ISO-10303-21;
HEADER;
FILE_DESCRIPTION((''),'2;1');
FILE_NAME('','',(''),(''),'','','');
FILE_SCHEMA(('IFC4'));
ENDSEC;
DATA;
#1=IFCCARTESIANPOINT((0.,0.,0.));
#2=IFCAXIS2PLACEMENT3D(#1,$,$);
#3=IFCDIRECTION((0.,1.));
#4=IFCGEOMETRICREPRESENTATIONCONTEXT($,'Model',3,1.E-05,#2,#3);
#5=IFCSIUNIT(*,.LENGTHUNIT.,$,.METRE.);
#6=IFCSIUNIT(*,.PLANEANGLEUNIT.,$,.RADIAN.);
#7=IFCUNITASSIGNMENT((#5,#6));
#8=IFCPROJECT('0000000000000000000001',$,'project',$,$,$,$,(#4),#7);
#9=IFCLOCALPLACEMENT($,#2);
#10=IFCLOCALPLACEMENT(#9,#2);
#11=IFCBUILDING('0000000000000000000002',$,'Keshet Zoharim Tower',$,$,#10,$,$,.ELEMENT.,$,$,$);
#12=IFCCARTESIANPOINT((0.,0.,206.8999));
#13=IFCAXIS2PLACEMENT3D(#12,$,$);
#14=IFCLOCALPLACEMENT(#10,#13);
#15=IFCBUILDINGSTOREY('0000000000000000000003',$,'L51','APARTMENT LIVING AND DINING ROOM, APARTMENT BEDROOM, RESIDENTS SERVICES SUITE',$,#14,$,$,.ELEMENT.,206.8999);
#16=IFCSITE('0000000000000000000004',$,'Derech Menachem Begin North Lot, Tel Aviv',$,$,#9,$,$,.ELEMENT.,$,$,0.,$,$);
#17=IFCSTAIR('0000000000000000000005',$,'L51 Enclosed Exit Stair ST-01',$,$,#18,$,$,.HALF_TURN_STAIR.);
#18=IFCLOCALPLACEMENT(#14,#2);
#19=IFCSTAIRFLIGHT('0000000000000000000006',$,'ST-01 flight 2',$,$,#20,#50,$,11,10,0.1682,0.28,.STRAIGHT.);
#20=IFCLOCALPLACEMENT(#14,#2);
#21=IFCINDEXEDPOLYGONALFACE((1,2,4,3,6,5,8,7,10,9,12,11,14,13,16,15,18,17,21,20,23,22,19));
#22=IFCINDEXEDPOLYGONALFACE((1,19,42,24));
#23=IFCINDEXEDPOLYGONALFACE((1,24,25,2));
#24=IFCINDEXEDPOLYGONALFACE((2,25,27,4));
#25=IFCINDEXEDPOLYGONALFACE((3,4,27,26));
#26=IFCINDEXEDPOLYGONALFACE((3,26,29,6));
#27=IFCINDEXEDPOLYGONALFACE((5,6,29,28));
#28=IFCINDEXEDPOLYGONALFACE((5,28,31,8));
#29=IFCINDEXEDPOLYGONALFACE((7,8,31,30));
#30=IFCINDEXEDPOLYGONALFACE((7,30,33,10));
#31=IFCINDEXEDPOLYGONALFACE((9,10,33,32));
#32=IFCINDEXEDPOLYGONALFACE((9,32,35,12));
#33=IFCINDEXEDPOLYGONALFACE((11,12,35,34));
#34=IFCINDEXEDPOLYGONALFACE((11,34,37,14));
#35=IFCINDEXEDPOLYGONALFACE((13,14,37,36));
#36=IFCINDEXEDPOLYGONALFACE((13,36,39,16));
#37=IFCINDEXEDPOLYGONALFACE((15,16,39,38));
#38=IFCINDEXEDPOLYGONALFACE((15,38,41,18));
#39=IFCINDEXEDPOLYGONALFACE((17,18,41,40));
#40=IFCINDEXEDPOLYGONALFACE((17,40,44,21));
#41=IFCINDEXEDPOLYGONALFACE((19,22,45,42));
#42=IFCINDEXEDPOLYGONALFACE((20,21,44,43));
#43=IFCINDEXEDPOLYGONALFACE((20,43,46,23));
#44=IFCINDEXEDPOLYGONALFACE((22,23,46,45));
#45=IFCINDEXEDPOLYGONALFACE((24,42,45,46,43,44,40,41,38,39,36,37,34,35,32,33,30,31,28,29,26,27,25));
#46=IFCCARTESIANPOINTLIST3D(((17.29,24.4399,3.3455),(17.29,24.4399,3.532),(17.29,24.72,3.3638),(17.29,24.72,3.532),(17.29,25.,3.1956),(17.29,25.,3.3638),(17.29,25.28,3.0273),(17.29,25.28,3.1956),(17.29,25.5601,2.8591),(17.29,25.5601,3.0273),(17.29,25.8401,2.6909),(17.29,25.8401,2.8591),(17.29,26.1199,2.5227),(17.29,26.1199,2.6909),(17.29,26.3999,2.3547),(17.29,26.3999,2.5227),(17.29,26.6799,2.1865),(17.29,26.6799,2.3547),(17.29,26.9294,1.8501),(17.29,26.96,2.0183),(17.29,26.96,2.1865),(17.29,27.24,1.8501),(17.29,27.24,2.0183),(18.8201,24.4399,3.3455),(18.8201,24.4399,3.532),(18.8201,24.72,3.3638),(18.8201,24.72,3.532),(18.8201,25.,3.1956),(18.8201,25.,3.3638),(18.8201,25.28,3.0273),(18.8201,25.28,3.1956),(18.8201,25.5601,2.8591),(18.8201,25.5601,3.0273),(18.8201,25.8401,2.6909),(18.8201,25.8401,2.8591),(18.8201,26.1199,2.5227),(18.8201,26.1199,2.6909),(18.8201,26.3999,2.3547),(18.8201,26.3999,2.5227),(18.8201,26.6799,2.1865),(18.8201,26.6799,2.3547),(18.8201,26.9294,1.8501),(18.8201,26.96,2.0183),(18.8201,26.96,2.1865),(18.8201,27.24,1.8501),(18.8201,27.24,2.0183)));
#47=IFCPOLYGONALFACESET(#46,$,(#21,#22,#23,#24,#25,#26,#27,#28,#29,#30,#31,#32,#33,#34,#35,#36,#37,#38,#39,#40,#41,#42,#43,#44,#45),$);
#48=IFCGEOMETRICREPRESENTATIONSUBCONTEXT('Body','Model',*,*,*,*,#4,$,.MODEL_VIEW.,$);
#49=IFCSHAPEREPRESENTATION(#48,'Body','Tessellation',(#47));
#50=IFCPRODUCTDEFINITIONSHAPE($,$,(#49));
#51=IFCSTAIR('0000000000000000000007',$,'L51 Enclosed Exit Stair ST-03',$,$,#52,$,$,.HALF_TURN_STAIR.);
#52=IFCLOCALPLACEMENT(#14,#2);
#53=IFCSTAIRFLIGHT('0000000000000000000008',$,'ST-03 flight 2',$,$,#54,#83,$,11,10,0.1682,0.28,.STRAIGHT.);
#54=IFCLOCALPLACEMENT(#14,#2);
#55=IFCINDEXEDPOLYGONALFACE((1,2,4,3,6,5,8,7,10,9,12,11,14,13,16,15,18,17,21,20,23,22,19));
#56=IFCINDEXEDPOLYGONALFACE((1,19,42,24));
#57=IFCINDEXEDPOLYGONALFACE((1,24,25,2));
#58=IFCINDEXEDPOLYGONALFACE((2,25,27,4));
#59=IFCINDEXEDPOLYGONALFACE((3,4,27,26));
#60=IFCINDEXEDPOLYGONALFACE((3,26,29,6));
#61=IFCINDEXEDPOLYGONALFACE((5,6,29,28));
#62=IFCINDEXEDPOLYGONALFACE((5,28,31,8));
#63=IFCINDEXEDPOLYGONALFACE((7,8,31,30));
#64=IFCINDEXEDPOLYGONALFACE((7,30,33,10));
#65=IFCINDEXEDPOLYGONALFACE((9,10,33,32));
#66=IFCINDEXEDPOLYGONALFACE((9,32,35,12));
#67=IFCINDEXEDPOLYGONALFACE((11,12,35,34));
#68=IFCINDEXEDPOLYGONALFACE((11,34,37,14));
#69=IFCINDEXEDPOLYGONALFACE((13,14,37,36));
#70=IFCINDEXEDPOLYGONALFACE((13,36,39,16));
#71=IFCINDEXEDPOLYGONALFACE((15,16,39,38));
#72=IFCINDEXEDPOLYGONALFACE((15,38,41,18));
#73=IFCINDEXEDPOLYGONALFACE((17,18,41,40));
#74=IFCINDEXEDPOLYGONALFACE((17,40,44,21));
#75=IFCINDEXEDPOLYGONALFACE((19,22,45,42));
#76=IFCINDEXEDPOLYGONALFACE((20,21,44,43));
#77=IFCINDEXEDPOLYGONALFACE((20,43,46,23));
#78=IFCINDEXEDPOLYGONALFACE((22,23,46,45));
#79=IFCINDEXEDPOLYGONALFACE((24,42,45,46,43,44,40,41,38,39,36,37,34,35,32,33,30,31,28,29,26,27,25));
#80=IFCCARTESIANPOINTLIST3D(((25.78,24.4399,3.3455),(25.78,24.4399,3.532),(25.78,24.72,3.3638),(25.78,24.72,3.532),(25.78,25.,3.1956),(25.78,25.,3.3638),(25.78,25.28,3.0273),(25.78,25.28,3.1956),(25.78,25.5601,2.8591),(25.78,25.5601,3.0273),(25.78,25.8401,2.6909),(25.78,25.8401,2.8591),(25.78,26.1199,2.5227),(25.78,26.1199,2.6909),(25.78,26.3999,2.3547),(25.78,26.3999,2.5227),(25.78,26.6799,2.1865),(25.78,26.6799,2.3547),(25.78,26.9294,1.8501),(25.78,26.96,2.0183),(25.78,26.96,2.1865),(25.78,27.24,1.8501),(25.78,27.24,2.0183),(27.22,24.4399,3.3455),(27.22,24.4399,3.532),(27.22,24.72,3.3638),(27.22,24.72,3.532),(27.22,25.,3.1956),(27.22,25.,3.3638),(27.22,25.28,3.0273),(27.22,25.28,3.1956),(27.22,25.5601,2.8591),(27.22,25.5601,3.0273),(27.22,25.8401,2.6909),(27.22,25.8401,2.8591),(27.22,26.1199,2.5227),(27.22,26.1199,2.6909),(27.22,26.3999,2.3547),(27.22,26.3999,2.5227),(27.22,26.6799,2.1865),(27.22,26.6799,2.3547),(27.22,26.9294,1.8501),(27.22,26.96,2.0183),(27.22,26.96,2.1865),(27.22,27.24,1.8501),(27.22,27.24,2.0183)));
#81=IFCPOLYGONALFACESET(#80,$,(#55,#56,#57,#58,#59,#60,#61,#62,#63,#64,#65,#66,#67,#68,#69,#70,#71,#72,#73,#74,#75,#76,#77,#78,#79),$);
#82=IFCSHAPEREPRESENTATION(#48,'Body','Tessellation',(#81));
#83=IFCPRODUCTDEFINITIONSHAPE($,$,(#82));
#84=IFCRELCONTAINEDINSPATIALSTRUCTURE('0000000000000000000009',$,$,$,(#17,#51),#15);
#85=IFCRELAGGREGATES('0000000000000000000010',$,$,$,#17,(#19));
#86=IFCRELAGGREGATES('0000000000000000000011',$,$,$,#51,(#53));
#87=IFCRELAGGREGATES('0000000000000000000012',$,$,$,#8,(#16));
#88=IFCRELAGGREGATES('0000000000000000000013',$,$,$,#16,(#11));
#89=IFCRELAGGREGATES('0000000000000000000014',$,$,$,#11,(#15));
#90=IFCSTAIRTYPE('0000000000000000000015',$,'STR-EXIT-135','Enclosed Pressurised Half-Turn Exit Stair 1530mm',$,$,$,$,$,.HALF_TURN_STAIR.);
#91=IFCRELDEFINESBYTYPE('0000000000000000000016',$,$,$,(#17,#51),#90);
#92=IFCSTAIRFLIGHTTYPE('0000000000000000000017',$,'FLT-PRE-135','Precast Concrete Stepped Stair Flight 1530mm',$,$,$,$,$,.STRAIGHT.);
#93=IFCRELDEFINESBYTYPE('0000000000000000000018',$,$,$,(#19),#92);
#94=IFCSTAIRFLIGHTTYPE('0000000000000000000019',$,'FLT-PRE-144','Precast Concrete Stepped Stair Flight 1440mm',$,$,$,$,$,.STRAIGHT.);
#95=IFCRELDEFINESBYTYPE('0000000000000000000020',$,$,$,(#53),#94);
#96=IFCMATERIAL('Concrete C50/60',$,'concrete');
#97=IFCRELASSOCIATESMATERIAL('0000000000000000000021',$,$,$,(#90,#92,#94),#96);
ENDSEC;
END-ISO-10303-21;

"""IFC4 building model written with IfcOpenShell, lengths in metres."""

from ifc_helpers import new_model, si_unit, direction, frame, origin, place, context, subcontext, project, spatial, polyline, outline, extrude, material, type_object, element, aggregate, save


model = new_model("IFC4")

# Units and contexts
model_context = context("Model", 3, precision=1e-05, world=origin(), true_north=direction((0.0, 1.0)))
body_context = subcontext(model_context, "Body", "Model", "MODEL_VIEW")
ifc_project = project(units=[si_unit("LENGTHUNIT", "METRE"), si_unit("PLANEANGLEUNIT", "RADIAN")], contexts=[model_context])

# Site, building, storey
site_placement = place(None, origin())
site = spatial("IfcSite", under=ifc_project, at=site_placement, Name="Derech Menachem Begin North Lot, Tel Aviv", CompositionType="ELEMENT", RefElevation=0.0)
building_placement = place(site_placement, origin())
building = spatial("IfcBuilding", under=site, at=building_placement, Name="Keshet Zoharim Tower", CompositionType="ELEMENT")
storey_placement = place(building_placement, frame((0.0, 0.0, 206.8999)))
storey = spatial("IfcBuildingStorey", under=building, at=storey_placement, Name="L51", Description="APARTMENT LIVING AND DINING ROOM, APARTMENT BEDROOM, RESIDENTS SERVICES SUITE", CompositionType="ELEMENT", Elevation=206.8999)

# Shared definitions
ifc_material_1 = material(Name="Concrete C50/60", Category="concrete")

# Stairs, stair flights
stair_type = type_object("IfcStairType", Name="STR-EXIT-135", Description="Enclosed Pressurised Half-Turn Exit Stair 1530mm", PredefinedType="HALF_TURN_STAIR", material=ifc_material_1)
stair_1_placement = place(storey_placement, origin())
stair_1 = element("IfcStair", 1, at=stair_1_placement, inside=storey, type_object=stair_type, Name="L51 Enclosed Exit Stair ST-01", PredefinedType="HALF_TURN_STAIR")
stair_flight_type_1 = type_object("IfcStairFlightType", Name="FLT-PRE-135", Description="Precast Concrete Stepped Stair Flight 1530mm", PredefinedType="STRAIGHT", material=ifc_material_1)
stair_flight_1_placement = place(storey_placement, frame((18.0549, 27.24, 1.8501), z_axis=(0.0, 0.0, 1.0), x_axis=(0.0, -1.0, 0.0)))
stair_flight_1 = element("IfcStairFlight", 2, at=stair_flight_1_placement, type_object=stair_flight_type_1, Name="ST-01 flight 2", NumberOfRisers=11, NumberOfTreads=10, PredefinedType="STRAIGHT", RiserHeight=0.1682, TreadLength=0.28, context=body_context, shape_type="SweptSolid", body=[
    extrude(outline(polyline([(0.0, 0.0), (0.0, 0.1682), (0.28, 0.1682), (0.28, 0.3364), (0.5601, 0.3364), (0.5601, 0.5046), (0.8401, 0.5046), (0.8401, 0.6726), (1.1201, 0.6726), (1.1201, 0.8408), (1.3999, 0.8408), (1.3999, 1.009), (1.6799, 1.009), (1.6799, 1.1772), (1.96, 1.1772), (1.96, 1.3455), (2.24, 1.3455), (2.24, 1.5137), (2.52, 1.5137), (2.52, 1.6819), (2.8, 1.6819), (2.8, 1.8501), (2.8, 1.4954), (0.3105, 0.0), (0.0, 0.0)])), frame((0.0, 0.7651, 0.0), z_axis=(0.0, -1.0, 0.0), x_axis=(1.0, 0.0, 0.0)), (0.0, 0.0, 1.0), 1.53),
])
aggregate(stair_1, [stair_flight_1])
stair_2_placement = place(storey_placement, origin())
stair_2 = element("IfcStair", 3, at=stair_2_placement, inside=storey, type_object=stair_type, Name="L51 Enclosed Exit Stair ST-03", PredefinedType="HALF_TURN_STAIR")
stair_flight_type_2 = type_object("IfcStairFlightType", Name="FLT-PRE-144", Description="Precast Concrete Stepped Stair Flight 1440mm", PredefinedType="STRAIGHT", material=ifc_material_1)
stair_flight_2_placement = place(storey_placement, frame((26.5, 27.24, 1.8501), z_axis=(0.0, 0.0, 1.0), x_axis=(0.0, -1.0, 0.0)))
stair_flight_2 = element("IfcStairFlight", 4, at=stair_flight_2_placement, type_object=stair_flight_type_2, Name="ST-03 flight 2", NumberOfRisers=11, NumberOfTreads=10, PredefinedType="STRAIGHT", RiserHeight=0.1682, TreadLength=0.28, context=body_context, shape_type="SweptSolid", body=[
    extrude(outline(polyline([(0.0, 0.0), (0.0, 0.1682), (0.28, 0.1682), (0.28, 0.3364), (0.5601, 0.3364), (0.5601, 0.5046), (0.8401, 0.5046), (0.8401, 0.6726), (1.1201, 0.6726), (1.1201, 0.8408), (1.3999, 0.8408), (1.3999, 1.009), (1.6799, 1.009), (1.6799, 1.1772), (1.96, 1.1772), (1.96, 1.3455), (2.24, 1.3455), (2.24, 1.5137), (2.52, 1.5137), (2.52, 1.6819), (2.8, 1.6819), (2.8, 1.8501), (2.8, 1.4954), (0.3105, 0.0), (0.0, 0.0)])), frame((0.0, 0.72, 0.0), z_axis=(0.0, -1.0, 0.0), x_axis=(1.0, 0.0, 0.0)), (0.0, 0.0, 1.0), 1.4399),
])
aggregate(stair_2, [stair_flight_2])

save(model, "model.ifc")
